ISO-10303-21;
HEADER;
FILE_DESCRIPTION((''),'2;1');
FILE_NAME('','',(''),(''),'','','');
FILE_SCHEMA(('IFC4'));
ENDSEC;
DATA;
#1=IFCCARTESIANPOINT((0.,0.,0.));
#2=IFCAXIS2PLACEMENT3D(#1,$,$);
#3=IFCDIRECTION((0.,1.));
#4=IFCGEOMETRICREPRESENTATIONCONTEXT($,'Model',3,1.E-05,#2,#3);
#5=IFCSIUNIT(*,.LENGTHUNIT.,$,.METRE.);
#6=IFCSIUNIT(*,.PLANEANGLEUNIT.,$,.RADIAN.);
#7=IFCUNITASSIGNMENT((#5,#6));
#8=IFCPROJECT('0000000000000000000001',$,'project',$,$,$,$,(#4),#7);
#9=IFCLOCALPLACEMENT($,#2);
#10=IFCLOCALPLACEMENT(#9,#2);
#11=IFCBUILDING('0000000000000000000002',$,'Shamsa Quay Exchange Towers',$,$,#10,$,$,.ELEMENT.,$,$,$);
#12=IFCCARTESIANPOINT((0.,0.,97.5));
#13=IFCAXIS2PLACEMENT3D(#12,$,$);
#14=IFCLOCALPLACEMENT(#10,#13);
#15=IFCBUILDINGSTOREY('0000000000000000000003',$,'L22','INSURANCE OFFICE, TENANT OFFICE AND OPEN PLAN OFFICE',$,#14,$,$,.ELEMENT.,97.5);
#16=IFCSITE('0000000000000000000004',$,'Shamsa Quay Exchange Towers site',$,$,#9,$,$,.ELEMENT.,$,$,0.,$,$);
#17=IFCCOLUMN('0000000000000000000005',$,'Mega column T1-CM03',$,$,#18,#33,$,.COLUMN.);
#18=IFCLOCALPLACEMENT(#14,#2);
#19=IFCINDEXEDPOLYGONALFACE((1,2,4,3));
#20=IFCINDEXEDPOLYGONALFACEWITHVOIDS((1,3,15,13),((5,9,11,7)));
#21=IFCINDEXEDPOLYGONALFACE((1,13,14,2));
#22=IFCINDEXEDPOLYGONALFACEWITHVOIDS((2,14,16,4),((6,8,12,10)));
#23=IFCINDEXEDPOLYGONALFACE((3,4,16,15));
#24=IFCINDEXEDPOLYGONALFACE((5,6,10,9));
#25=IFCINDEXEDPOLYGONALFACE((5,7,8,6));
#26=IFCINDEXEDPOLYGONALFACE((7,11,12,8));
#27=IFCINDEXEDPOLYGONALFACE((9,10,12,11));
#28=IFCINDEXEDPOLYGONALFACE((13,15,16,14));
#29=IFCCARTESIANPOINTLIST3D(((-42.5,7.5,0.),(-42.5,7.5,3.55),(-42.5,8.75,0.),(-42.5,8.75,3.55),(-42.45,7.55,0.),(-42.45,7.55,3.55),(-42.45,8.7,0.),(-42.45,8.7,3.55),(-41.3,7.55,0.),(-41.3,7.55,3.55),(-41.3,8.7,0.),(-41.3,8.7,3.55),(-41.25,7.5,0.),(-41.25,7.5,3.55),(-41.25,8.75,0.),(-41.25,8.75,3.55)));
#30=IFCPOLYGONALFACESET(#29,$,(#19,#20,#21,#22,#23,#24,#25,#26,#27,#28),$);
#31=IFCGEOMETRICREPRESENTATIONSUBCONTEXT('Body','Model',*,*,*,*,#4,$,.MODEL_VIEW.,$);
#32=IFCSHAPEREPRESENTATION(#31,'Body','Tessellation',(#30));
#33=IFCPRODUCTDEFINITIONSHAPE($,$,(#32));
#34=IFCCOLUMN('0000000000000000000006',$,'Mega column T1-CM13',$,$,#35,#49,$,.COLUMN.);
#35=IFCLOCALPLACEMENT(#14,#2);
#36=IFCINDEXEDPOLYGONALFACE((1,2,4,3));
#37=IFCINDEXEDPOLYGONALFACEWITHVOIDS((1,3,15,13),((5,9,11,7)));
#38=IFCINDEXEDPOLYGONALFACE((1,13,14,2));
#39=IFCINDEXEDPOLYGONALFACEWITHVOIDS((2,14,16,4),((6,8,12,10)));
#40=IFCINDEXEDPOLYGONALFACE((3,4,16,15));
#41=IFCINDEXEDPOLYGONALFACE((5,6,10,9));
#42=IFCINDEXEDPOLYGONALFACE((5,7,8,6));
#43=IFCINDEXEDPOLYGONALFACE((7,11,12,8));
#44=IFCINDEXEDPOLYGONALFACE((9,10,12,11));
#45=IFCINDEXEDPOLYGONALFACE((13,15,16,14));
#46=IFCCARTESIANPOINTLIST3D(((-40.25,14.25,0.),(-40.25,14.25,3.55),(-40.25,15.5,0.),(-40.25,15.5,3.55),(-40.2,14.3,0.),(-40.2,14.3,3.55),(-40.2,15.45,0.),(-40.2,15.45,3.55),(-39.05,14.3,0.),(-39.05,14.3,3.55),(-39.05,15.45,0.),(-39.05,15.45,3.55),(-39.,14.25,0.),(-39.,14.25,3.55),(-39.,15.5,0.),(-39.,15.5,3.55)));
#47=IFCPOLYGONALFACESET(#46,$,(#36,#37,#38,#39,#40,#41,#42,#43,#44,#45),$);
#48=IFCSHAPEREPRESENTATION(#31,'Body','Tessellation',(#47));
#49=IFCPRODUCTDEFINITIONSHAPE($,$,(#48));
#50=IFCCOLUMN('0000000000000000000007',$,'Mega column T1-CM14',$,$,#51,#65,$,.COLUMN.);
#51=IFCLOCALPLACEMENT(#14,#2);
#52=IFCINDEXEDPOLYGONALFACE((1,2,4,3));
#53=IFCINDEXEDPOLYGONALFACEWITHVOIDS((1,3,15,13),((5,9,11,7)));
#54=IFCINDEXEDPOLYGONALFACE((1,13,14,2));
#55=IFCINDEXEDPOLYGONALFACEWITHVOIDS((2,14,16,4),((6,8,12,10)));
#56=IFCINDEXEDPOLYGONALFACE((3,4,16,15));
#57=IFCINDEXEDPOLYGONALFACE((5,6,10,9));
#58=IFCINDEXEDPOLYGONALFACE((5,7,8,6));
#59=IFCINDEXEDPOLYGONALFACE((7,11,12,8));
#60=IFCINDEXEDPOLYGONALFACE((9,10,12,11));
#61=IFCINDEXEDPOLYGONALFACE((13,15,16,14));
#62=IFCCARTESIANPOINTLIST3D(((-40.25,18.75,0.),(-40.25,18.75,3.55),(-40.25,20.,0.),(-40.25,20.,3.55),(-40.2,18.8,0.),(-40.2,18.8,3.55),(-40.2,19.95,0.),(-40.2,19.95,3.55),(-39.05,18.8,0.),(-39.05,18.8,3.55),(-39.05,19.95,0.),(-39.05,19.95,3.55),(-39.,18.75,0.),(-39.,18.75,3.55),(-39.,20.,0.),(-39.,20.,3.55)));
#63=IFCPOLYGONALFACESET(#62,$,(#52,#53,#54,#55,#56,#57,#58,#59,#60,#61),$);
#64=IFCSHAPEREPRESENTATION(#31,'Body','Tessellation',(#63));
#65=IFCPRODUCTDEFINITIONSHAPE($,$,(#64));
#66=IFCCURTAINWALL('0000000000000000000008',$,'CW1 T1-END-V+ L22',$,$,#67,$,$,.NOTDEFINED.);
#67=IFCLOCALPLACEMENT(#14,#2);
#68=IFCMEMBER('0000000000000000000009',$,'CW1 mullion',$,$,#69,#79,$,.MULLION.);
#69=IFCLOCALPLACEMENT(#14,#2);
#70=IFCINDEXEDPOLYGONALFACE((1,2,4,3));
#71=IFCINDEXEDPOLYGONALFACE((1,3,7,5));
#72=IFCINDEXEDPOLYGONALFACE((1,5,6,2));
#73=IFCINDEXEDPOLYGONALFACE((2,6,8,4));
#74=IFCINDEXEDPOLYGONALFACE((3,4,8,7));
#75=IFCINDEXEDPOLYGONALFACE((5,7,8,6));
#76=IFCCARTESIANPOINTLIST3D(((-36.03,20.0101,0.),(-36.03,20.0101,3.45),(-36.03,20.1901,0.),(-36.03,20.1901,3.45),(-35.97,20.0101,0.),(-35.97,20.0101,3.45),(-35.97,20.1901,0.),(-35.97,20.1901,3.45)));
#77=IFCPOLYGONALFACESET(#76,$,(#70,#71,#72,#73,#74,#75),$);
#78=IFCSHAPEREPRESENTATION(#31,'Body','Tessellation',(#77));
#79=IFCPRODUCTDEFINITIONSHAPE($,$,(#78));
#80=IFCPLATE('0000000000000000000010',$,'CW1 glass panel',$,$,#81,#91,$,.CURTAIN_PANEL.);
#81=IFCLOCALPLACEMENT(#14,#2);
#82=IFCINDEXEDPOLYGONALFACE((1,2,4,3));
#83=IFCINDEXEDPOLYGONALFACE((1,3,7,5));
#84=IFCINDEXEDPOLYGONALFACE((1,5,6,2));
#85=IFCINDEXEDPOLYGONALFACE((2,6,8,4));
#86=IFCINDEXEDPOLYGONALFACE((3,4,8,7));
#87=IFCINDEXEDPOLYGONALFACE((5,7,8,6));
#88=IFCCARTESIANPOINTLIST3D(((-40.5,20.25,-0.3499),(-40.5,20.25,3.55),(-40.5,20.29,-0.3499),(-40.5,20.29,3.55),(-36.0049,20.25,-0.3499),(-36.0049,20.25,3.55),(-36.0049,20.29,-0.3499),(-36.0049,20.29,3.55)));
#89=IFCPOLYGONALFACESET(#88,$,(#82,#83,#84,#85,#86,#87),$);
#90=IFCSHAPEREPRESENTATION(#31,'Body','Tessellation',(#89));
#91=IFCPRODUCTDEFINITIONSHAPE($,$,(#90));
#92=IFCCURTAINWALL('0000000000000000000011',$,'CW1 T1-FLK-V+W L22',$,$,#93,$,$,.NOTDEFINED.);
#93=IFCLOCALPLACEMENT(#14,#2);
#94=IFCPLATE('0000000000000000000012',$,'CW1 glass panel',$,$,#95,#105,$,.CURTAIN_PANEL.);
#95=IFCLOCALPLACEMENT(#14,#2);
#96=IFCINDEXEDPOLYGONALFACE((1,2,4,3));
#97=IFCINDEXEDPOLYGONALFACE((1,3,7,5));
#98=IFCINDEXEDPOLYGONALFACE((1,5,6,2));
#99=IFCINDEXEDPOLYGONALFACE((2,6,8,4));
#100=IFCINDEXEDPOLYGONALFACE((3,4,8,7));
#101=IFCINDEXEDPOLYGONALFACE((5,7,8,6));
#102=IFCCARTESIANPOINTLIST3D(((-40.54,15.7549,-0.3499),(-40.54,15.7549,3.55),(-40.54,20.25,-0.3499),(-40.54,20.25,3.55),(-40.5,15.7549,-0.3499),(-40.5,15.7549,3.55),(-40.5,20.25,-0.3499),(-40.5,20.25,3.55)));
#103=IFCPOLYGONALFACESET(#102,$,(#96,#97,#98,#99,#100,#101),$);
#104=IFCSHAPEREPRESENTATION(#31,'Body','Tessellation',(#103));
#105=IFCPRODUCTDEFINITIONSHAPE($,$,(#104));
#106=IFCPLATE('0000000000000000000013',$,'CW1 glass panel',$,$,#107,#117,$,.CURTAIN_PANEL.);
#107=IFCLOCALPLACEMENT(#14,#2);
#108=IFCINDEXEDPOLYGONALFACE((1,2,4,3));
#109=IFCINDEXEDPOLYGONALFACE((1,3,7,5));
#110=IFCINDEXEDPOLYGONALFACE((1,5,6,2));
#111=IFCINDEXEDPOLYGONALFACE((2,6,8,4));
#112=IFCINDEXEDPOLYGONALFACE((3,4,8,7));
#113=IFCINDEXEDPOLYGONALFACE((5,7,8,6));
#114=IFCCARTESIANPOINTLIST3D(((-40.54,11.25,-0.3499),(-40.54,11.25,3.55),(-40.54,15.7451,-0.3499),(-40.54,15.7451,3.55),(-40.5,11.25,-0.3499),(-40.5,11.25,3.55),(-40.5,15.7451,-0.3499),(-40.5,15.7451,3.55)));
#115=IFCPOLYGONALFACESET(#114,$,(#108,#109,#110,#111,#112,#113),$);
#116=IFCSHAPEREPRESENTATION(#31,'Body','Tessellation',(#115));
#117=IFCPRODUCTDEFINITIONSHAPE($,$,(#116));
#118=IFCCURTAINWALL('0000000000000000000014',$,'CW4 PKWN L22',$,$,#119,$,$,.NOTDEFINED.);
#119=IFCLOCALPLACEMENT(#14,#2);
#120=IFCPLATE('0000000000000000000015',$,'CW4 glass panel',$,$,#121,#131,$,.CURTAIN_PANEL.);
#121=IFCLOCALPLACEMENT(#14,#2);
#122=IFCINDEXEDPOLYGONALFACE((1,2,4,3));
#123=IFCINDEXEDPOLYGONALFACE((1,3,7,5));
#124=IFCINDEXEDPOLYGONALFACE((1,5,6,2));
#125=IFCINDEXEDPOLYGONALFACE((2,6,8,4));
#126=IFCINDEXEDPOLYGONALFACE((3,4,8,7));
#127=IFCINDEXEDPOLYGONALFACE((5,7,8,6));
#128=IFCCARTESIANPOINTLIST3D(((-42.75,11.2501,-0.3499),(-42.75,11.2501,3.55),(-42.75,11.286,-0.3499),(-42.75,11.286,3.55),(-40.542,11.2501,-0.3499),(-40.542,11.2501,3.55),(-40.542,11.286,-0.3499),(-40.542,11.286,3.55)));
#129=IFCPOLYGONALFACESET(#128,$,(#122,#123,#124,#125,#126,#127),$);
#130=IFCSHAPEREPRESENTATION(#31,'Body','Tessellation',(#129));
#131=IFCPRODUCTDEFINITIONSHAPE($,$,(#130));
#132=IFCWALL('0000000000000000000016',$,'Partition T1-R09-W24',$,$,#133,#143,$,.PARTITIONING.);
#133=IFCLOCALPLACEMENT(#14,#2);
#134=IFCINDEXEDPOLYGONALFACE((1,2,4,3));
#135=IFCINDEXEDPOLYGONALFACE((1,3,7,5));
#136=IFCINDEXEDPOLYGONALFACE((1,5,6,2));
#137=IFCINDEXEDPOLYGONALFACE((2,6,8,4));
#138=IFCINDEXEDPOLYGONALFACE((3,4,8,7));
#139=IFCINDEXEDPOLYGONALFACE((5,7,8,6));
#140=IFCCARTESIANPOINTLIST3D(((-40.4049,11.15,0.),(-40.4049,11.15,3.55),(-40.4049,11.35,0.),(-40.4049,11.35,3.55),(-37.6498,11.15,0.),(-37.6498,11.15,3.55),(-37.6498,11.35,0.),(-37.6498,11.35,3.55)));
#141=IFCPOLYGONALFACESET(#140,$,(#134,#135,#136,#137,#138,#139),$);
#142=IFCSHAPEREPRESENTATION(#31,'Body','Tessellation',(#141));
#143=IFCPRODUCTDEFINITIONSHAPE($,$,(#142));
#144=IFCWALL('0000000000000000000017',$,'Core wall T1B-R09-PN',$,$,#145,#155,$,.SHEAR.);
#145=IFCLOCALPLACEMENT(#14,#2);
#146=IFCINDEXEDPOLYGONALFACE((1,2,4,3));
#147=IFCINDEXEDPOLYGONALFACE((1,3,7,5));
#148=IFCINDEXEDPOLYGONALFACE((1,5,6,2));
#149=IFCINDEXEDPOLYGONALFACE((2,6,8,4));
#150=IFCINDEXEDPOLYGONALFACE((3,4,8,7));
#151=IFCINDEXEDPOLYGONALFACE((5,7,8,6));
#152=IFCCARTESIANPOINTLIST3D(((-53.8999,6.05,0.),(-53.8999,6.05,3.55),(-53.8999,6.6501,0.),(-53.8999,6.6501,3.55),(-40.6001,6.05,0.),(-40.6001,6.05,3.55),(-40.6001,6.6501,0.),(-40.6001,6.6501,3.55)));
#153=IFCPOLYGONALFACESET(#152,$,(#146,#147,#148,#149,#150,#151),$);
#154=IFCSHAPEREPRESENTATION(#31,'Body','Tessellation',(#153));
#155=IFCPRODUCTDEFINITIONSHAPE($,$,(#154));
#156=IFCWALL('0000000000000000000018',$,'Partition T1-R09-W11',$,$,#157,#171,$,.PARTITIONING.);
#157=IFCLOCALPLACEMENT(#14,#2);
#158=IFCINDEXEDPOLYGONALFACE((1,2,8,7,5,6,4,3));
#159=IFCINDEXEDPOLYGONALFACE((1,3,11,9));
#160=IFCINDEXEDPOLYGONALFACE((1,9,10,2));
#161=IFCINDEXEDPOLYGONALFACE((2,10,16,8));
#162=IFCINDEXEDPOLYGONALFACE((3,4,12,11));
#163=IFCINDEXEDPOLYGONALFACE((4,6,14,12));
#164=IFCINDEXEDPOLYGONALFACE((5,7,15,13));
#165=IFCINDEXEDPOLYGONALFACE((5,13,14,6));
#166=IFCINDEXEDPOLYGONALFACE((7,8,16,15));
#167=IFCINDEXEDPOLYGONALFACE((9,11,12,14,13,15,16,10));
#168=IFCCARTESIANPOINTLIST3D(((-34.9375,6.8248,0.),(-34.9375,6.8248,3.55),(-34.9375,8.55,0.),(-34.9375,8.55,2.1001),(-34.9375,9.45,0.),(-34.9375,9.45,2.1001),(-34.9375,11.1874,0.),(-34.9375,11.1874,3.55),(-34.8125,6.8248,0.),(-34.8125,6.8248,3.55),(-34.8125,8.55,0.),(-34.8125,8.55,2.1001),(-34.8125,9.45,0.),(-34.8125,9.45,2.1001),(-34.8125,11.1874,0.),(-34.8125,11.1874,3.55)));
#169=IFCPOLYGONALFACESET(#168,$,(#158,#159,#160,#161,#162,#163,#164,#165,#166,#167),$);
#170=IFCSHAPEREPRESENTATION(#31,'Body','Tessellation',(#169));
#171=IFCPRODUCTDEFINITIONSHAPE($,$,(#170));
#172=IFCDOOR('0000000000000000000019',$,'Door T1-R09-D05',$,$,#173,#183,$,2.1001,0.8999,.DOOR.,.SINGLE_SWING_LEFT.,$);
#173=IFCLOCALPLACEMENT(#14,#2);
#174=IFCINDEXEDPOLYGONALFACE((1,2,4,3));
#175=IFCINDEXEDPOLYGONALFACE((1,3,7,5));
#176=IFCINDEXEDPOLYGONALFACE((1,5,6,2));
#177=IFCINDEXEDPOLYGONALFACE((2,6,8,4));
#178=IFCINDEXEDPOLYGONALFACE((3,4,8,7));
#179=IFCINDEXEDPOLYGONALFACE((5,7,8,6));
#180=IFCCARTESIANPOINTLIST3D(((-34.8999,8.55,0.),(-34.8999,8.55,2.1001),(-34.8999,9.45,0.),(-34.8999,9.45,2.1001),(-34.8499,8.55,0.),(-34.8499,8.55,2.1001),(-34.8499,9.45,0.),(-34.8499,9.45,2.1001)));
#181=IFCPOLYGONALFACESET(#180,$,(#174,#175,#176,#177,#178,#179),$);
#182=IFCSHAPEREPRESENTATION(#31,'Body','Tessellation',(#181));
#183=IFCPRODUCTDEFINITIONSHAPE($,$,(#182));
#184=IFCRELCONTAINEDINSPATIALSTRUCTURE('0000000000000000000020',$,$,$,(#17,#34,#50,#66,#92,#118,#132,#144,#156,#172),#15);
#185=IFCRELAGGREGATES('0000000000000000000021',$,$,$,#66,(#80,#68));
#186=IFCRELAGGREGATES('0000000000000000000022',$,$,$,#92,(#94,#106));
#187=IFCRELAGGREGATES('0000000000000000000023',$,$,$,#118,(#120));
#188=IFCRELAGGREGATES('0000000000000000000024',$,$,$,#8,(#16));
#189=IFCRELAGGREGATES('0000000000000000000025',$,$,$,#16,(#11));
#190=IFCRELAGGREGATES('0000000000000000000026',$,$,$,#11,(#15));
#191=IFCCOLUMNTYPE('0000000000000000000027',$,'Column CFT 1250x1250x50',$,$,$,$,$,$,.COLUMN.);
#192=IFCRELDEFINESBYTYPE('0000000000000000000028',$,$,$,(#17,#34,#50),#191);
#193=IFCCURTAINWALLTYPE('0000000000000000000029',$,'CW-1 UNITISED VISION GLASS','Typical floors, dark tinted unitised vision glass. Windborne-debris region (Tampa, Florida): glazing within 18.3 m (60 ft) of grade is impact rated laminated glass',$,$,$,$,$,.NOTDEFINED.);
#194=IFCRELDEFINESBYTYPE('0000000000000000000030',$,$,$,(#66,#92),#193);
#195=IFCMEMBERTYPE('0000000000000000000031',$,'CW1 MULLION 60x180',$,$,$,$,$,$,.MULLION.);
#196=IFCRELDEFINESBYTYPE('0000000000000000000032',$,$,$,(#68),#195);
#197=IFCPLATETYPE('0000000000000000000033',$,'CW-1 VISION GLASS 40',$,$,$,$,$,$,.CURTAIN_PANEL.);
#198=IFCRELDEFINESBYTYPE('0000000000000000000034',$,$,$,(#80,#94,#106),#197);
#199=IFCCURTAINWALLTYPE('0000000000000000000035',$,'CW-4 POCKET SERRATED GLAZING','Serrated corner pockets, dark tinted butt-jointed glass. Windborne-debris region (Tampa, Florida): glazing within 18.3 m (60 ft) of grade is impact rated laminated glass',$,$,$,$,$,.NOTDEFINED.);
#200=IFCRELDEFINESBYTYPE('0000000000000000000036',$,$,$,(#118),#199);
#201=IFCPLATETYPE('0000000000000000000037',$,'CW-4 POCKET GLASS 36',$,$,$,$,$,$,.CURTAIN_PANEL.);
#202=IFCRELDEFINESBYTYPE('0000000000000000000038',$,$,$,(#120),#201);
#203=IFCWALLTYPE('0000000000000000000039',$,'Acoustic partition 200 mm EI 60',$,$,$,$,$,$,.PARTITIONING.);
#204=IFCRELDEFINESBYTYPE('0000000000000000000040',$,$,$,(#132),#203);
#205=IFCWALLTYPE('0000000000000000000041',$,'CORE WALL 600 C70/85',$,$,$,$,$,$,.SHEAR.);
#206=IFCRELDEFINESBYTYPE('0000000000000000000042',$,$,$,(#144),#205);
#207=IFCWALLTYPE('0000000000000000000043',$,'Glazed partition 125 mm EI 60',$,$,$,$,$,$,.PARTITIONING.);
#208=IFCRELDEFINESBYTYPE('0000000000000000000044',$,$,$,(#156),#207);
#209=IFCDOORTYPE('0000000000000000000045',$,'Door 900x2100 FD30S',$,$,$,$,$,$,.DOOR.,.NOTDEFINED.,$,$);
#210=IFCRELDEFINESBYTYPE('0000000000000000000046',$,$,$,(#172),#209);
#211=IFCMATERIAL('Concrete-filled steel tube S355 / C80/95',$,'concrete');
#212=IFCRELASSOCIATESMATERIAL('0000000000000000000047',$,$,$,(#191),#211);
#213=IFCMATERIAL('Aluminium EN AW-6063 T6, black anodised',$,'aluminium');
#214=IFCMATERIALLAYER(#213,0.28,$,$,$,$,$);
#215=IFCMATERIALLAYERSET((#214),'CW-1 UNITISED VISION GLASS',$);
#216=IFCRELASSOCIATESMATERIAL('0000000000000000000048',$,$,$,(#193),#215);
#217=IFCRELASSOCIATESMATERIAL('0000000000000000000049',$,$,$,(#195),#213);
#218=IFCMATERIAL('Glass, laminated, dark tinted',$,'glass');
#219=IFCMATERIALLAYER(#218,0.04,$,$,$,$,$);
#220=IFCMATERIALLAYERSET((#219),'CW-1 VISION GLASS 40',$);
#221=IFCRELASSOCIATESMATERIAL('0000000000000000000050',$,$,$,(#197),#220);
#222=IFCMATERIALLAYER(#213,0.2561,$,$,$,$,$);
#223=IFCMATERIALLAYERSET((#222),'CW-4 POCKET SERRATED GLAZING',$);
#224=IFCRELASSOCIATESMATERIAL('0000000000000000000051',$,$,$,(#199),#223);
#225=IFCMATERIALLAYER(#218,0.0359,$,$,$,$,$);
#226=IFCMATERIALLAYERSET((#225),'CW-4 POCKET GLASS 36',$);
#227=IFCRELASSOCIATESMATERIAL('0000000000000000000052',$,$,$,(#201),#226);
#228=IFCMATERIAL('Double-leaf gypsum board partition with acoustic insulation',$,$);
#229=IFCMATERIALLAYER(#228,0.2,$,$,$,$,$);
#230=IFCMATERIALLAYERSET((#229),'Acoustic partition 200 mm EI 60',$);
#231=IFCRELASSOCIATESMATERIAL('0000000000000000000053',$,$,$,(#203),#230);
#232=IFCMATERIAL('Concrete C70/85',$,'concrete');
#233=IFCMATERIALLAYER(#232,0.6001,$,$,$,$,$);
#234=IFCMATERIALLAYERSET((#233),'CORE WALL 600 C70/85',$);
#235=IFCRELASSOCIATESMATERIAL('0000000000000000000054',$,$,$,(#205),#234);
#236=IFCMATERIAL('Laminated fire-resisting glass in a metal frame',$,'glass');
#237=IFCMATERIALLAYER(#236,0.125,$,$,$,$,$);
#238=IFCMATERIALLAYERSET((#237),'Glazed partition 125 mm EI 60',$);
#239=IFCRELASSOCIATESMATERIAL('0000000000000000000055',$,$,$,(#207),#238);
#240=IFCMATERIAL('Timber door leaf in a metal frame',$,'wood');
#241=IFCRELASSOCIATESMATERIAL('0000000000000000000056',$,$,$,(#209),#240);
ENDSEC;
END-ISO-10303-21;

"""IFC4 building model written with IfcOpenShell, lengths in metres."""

from ifc_helpers import new_model, si_unit, direction, frame, frame_2d, origin, origin_2d, place, context, subcontext, project, spatial, rectangle, hollow_rectangle, extrude, material, layer, layer_set, material_profile, profile_set, type_object, element, fill, aggregate, save


model = new_model("IFC4")

# Units and contexts
model_context = context("Model", 3, precision=1e-05, world=origin(), true_north=direction((0.0, 1.0)))
body_context = subcontext(model_context, "Body", "Model", "MODEL_VIEW")
ifc_project = project(units=[si_unit("LENGTHUNIT", "METRE"), si_unit("PLANEANGLEUNIT", "RADIAN")], contexts=[model_context])

# Site, building, storey
site_placement = place(None, origin())
site = spatial("IfcSite", under=ifc_project, at=site_placement, Name="Shamsa Quay Exchange Towers site", CompositionType="ELEMENT", RefElevation=0.0)
building_placement = place(site_placement, origin())
building = spatial("IfcBuilding", under=site, at=building_placement, Name="Shamsa Quay Exchange Towers", CompositionType="ELEMENT")
storey_placement = place(building_placement, frame((0.0, 0.0, 97.5)))
storey = spatial("IfcBuildingStorey", under=building, at=storey_placement, Name="L22", Description="INSURANCE OFFICE, TENANT OFFICE AND OPEN PLAN OFFICE", CompositionType="ELEMENT", Elevation=97.5)

# Columns
ifc_material_1 = material(Name="Concrete-filled steel tube S355 / C80/95", Category="concrete")
ifc_material_profile_1 = material_profile(ifc_material_1, hollow_rectangle(XDim=1.25, YDim=1.25, WallThickness=0.05, at=origin_2d()), Name="CFT 1250x1250x50")
ifc_profile_set_1 = profile_set([ifc_material_profile_1], Name="Concrete-filled steel tube S355 / C80/95")
column_type = type_object("IfcColumnType", Name="Column CFT 1250x1250x50", PredefinedType="COLUMN", material=ifc_profile_set_1)
for number, where, name in (
    (1, (-41.875, 8.125, 0.0), "Mega column T1-CM03"),
    (2, (-39.625, 14.875, 0.0), "Mega column T1-CM13"),
    (3, (-39.625, 19.375, 0.0), "Mega column T1-CM14"),
):
    element("IfcColumn", number, at=place(storey_placement, frame(where)), inside=storey, type_object=column_type, Name=name, PredefinedType="COLUMN", context=body_context, shape_type="SweptSolid", body=[
        extrude(hollow_rectangle(XDim=1.25, YDim=1.25, WallThickness=0.05, at=origin_2d()), origin(), (0.0, 0.0, 1.0), 3.55),
    ])

# Curtain wall, member, plate
ifc_material_2 = material(Name="Aluminium EN AW-6063 T6, black anodised", Category="aluminium")
ifc_layer_1 = layer(ifc_material_2, 0.28)
ifc_layer_set_1 = layer_set([ifc_layer_1], Name="CW-1 UNITISED VISION GLASS")
curtain_wall_type_1 = type_object("IfcCurtainWallType", Name="CW-1 UNITISED VISION GLASS", Description="Typical floors, dark tinted unitised vision glass. Windborne-debris region (Tampa, Florida): glazing within 18.3 m (60 ft) of grade is impact rated laminated glass", PredefinedType="NOTDEFINED", material=ifc_layer_set_1)
curtain_wall_1_placement = place(storey_placement, origin())
curtain_wall_1 = element("IfcCurtainWall", 4, at=curtain_wall_1_placement, inside=storey, type_object=curtain_wall_type_1, Name="CW1 T1-END-V+ L22", PredefinedType="NOTDEFINED")
ifc_material_profile_2 = material_profile(ifc_material_2, rectangle(XDim=0.1799, YDim=0.0601, at=origin_2d()), Name="MU60x180")
ifc_profile_set_2 = profile_set([ifc_material_profile_2], Name="Aluminium EN AW-6063 T6, black anodised")
member_type = type_object("IfcMemberType", Name="CW1 MULLION 60x180", PredefinedType="MULLION", material=ifc_profile_set_2)
member_placement = place(storey_placement, frame((-36.0, 20.1001, 0.0), z_axis=(0.0, 0.0, 1.0), x_axis=(0.0, -1.0, 0.0)))
member = element("IfcMember", 5, at=member_placement, type_object=member_type, Name="CW1 mullion", PredefinedType="MULLION", context=body_context, shape_type="SweptSolid", body=[
    extrude(rectangle(XDim=0.1799, YDim=0.0601, at=origin_2d()), origin(), (0.0, 0.0, 1.0), 3.45),
])
ifc_material_3 = material(Name="Glass, laminated, dark tinted", Category="glass")
ifc_layer_2 = layer(ifc_material_3, 0.04)
ifc_layer_set_2 = layer_set([ifc_layer_2], Name="CW-1 VISION GLASS 40")
plate_type_1 = type_object("IfcPlateType", Name="CW-1 VISION GLASS 40", PredefinedType="CURTAIN_PANEL", material=ifc_layer_set_2)
plate_1_placement = place(storey_placement, frame((-38.2524, 20.27, -0.3499), z_axis=(0.0, 0.0, 1.0), x_axis=(-1.0, 0.0, 0.0)))
plate_1 = element("IfcPlate", 6, at=plate_1_placement, type_object=plate_type_1, Name="CW1 glass panel", PredefinedType="CURTAIN_PANEL", context=body_context, shape_type="SweptSolid", body=[
    extrude(rectangle(XDim=4.4951, YDim=0.04, at=origin_2d()), origin(), (0.0, 0.0, 1.0), 3.8999),
])
aggregate(curtain_wall_1, [plate_1, member])

# Curtain wall, plates
curtain_wall_2_placement = place(storey_placement, origin())
curtain_wall_2 = element("IfcCurtainWall", 7, at=curtain_wall_2_placement, inside=storey, type_object=curtain_wall_type_1, Name="CW1 T1-FLK-V+W L22", PredefinedType="NOTDEFINED")
plate_2_placement = place(storey_placement, frame((-40.52, 18.0024, -0.3499), z_axis=(0.0, 0.0, 1.0), x_axis=(0.0, -1.0, 0.0)))
plate_2 = element("IfcPlate", 8, at=plate_2_placement, type_object=plate_type_1, Name="CW1 glass panel", PredefinedType="CURTAIN_PANEL", context=body_context, shape_type="SweptSolid", body=[
    extrude(rectangle(XDim=4.4951, YDim=0.04, at=origin_2d()), origin(), (0.0, 0.0, 1.0), 3.8999),
])
plate_3_placement = place(storey_placement, frame((-40.52, 13.4976, -0.3499), z_axis=(0.0, 0.0, 1.0), x_axis=(0.0, -1.0, 0.0)))
plate_3 = element("IfcPlate", 9, at=plate_3_placement, type_object=plate_type_1, Name="CW1 glass panel", PredefinedType="CURTAIN_PANEL", context=body_context, shape_type="SweptSolid", body=[
    extrude(rectangle(XDim=4.4951, YDim=0.04, at=origin_2d()), origin(), (0.0, 0.0, 1.0), 3.8999),
])
aggregate(curtain_wall_2, [plate_2, plate_3])

# Curtain wall, plate
ifc_layer_3 = layer(ifc_material_2, 0.2561)
ifc_layer_set_3 = layer_set([ifc_layer_3], Name="CW-4 POCKET SERRATED GLAZING")
curtain_wall_type_2 = type_object("IfcCurtainWallType", Name="CW-4 POCKET SERRATED GLAZING", Description="Serrated corner pockets, dark tinted butt-jointed glass. Windborne-debris region (Tampa, Florida): glazing within 18.3 m (60 ft) of grade is impact rated laminated glass", PredefinedType="NOTDEFINED", material=ifc_layer_set_3)
curtain_wall_3_placement = place(storey_placement, origin())
curtain_wall_3 = element("IfcCurtainWall", 10, at=curtain_wall_3_placement, inside=storey, type_object=curtain_wall_type_2, Name="CW4 PKWN L22", PredefinedType="NOTDEFINED")
ifc_layer_4 = layer(ifc_material_3, 0.0359)
ifc_layer_set_4 = layer_set([ifc_layer_4], Name="CW-4 POCKET GLASS 36")
plate_type_2 = type_object("IfcPlateType", Name="CW-4 POCKET GLASS 36", PredefinedType="CURTAIN_PANEL", material=ifc_layer_set_4)
plate_4_placement = place(storey_placement, frame((-41.646, 11.2681, -0.3499), z_axis=(0.0, 0.0, 1.0), x_axis=(-1.0, 0.0, 0.0)))
plate_4 = element("IfcPlate", 11, at=plate_4_placement, type_object=plate_type_2, Name="CW4 glass panel", PredefinedType="CURTAIN_PANEL", context=body_context, shape_type="SweptSolid", body=[
    extrude(rectangle(XDim=2.208, YDim=0.0359, at=origin_2d()), origin(), (0.0, 0.0, 1.0), 3.8999),
])
aggregate(curtain_wall_3, [plate_4])

# Shared definitions
ifc_material_4 = material(Name="Double-leaf gypsum board partition with acoustic insulation")
ifc_layer_5 = layer(ifc_material_4, 0.2)
ifc_layer_set_5 = layer_set([ifc_layer_5], Name="Acoustic partition 200 mm EI 60")
wall_type_1 = type_object("IfcWallType", Name="Acoustic partition 200 mm EI 60", PredefinedType="PARTITIONING", material=ifc_layer_set_5)
ifc_material_5 = material(Name="Timber door leaf in a metal frame", Category="wood")

# Walls
wall_1_placement = place(storey_placement, frame((-37.6499, 11.25, 0.0), z_axis=(0.0, 0.0, 1.0), x_axis=(-1.0, 0.0, 0.0)))
element("IfcWall", 12, at=wall_1_placement, inside=storey, type_object=wall_type_1, Name="Partition T1-R09-W24", PredefinedType="PARTITIONING", context=body_context, shape_type="SweptSolid", body=[
    extrude(rectangle(XDim=2.7551, YDim=0.2, at=frame_2d((1.3774, 0.0))), origin(), (0.0, 0.0, 1.0), 3.55),
])
ifc_material_6 = material(Name="Concrete C70/85", Category="concrete")
ifc_layer_6 = layer(ifc_material_6, 0.6001)
ifc_layer_set_6 = layer_set([ifc_layer_6], Name="CORE WALL 600 C70/85")
wall_type_2 = type_object("IfcWallType", Name="CORE WALL 600 C70/85", PredefinedType="SHEAR", material=ifc_layer_set_6)
wall_2_placement = place(storey_placement, frame((-40.6001, 6.3501, 0.0), z_axis=(0.0, 0.0, 1.0), x_axis=(-1.0, 0.0, 0.0)))
element("IfcWall", 13, at=wall_2_placement, inside=storey, type_object=wall_type_2, Name="Core wall T1B-R09-PN", PredefinedType="SHEAR", context=body_context, shape_type="SweptSolid", body=[
    extrude(rectangle(XDim=13.2998, YDim=0.6001, at=frame_2d((6.6499, 0.0))), origin(), (0.0, 0.0, 1.0), 3.55),
])

# Wall, opening, door
ifc_material_7 = material(Name="Laminated fire-resisting glass in a metal frame", Category="glass")
ifc_layer_7 = layer(ifc_material_7, 0.125)
ifc_layer_set_7 = layer_set([ifc_layer_7], Name="Glazed partition 125 mm EI 60")
wall_type_3 = type_object("IfcWallType", Name="Glazed partition 125 mm EI 60", PredefinedType="PARTITIONING", material=ifc_layer_set_7)
wall_3_placement = place(storey_placement, frame((-34.875, 6.825, 0.0), z_axis=(0.0, 0.0, 1.0), x_axis=(0.0, 1.0, 0.0)))
wall_3 = element("IfcWall", 14, at=wall_3_placement, inside=storey, type_object=wall_type_3, Name="Partition T1-R09-W11", PredefinedType="PARTITIONING", context=body_context, shape_type="SweptSolid", body=[
    extrude(rectangle(XDim=4.3625, YDim=0.125, at=frame_2d((2.1812, 0.0))), origin(), (0.0, 0.0, 1.0), 3.55),
])
opening_1_placement = place(wall_3_placement, frame((1.7251, 0.0, 0.0)))
opening_1 = element("IfcOpeningElement", 15, at=opening_1_placement, cuts=wall_3, PredefinedType="OPENING", context=body_context, shape_type="SweptSolid", body=[
    extrude(rectangle(XDim=0.8999, YDim=2.1001, at=frame_2d((0.45, 1.05))), frame((0.0, 0.0725, 0.0), z_axis=(0.0, -1.0, 0.0), x_axis=(1.0, 0.0, 0.0)), (0.0, 0.0, 1.0), 0.145),
])
door_type_1 = type_object("IfcDoorType", Name="Door 900x2100 FD30S", OperationType="NOTDEFINED", PredefinedType="DOOR", material=ifc_material_5)
door_1_placement = place(opening_1_placement, origin())
door_1 = element("IfcDoor", 16, at=door_1_placement, inside=storey, type_object=door_type_1, Name="Door T1-R09-D05", OperationType="SINGLE_SWING_LEFT", OverallHeight=2.1001, OverallWidth=0.8999, PredefinedType="DOOR", context=body_context, shape_type="SweptSolid", body=[
    extrude(rectangle(XDim=0.8999, YDim=2.1001, at=frame_2d((0.45, 1.05))), frame((0.0, 0.0249, 0.0), z_axis=(0.0, -1.0, 0.0), x_axis=(1.0, 0.0, 0.0)), (0.0, 0.0, 1.0), 0.05),
])
fill(opening_1, door_1)

save(model, "model.ifc")
